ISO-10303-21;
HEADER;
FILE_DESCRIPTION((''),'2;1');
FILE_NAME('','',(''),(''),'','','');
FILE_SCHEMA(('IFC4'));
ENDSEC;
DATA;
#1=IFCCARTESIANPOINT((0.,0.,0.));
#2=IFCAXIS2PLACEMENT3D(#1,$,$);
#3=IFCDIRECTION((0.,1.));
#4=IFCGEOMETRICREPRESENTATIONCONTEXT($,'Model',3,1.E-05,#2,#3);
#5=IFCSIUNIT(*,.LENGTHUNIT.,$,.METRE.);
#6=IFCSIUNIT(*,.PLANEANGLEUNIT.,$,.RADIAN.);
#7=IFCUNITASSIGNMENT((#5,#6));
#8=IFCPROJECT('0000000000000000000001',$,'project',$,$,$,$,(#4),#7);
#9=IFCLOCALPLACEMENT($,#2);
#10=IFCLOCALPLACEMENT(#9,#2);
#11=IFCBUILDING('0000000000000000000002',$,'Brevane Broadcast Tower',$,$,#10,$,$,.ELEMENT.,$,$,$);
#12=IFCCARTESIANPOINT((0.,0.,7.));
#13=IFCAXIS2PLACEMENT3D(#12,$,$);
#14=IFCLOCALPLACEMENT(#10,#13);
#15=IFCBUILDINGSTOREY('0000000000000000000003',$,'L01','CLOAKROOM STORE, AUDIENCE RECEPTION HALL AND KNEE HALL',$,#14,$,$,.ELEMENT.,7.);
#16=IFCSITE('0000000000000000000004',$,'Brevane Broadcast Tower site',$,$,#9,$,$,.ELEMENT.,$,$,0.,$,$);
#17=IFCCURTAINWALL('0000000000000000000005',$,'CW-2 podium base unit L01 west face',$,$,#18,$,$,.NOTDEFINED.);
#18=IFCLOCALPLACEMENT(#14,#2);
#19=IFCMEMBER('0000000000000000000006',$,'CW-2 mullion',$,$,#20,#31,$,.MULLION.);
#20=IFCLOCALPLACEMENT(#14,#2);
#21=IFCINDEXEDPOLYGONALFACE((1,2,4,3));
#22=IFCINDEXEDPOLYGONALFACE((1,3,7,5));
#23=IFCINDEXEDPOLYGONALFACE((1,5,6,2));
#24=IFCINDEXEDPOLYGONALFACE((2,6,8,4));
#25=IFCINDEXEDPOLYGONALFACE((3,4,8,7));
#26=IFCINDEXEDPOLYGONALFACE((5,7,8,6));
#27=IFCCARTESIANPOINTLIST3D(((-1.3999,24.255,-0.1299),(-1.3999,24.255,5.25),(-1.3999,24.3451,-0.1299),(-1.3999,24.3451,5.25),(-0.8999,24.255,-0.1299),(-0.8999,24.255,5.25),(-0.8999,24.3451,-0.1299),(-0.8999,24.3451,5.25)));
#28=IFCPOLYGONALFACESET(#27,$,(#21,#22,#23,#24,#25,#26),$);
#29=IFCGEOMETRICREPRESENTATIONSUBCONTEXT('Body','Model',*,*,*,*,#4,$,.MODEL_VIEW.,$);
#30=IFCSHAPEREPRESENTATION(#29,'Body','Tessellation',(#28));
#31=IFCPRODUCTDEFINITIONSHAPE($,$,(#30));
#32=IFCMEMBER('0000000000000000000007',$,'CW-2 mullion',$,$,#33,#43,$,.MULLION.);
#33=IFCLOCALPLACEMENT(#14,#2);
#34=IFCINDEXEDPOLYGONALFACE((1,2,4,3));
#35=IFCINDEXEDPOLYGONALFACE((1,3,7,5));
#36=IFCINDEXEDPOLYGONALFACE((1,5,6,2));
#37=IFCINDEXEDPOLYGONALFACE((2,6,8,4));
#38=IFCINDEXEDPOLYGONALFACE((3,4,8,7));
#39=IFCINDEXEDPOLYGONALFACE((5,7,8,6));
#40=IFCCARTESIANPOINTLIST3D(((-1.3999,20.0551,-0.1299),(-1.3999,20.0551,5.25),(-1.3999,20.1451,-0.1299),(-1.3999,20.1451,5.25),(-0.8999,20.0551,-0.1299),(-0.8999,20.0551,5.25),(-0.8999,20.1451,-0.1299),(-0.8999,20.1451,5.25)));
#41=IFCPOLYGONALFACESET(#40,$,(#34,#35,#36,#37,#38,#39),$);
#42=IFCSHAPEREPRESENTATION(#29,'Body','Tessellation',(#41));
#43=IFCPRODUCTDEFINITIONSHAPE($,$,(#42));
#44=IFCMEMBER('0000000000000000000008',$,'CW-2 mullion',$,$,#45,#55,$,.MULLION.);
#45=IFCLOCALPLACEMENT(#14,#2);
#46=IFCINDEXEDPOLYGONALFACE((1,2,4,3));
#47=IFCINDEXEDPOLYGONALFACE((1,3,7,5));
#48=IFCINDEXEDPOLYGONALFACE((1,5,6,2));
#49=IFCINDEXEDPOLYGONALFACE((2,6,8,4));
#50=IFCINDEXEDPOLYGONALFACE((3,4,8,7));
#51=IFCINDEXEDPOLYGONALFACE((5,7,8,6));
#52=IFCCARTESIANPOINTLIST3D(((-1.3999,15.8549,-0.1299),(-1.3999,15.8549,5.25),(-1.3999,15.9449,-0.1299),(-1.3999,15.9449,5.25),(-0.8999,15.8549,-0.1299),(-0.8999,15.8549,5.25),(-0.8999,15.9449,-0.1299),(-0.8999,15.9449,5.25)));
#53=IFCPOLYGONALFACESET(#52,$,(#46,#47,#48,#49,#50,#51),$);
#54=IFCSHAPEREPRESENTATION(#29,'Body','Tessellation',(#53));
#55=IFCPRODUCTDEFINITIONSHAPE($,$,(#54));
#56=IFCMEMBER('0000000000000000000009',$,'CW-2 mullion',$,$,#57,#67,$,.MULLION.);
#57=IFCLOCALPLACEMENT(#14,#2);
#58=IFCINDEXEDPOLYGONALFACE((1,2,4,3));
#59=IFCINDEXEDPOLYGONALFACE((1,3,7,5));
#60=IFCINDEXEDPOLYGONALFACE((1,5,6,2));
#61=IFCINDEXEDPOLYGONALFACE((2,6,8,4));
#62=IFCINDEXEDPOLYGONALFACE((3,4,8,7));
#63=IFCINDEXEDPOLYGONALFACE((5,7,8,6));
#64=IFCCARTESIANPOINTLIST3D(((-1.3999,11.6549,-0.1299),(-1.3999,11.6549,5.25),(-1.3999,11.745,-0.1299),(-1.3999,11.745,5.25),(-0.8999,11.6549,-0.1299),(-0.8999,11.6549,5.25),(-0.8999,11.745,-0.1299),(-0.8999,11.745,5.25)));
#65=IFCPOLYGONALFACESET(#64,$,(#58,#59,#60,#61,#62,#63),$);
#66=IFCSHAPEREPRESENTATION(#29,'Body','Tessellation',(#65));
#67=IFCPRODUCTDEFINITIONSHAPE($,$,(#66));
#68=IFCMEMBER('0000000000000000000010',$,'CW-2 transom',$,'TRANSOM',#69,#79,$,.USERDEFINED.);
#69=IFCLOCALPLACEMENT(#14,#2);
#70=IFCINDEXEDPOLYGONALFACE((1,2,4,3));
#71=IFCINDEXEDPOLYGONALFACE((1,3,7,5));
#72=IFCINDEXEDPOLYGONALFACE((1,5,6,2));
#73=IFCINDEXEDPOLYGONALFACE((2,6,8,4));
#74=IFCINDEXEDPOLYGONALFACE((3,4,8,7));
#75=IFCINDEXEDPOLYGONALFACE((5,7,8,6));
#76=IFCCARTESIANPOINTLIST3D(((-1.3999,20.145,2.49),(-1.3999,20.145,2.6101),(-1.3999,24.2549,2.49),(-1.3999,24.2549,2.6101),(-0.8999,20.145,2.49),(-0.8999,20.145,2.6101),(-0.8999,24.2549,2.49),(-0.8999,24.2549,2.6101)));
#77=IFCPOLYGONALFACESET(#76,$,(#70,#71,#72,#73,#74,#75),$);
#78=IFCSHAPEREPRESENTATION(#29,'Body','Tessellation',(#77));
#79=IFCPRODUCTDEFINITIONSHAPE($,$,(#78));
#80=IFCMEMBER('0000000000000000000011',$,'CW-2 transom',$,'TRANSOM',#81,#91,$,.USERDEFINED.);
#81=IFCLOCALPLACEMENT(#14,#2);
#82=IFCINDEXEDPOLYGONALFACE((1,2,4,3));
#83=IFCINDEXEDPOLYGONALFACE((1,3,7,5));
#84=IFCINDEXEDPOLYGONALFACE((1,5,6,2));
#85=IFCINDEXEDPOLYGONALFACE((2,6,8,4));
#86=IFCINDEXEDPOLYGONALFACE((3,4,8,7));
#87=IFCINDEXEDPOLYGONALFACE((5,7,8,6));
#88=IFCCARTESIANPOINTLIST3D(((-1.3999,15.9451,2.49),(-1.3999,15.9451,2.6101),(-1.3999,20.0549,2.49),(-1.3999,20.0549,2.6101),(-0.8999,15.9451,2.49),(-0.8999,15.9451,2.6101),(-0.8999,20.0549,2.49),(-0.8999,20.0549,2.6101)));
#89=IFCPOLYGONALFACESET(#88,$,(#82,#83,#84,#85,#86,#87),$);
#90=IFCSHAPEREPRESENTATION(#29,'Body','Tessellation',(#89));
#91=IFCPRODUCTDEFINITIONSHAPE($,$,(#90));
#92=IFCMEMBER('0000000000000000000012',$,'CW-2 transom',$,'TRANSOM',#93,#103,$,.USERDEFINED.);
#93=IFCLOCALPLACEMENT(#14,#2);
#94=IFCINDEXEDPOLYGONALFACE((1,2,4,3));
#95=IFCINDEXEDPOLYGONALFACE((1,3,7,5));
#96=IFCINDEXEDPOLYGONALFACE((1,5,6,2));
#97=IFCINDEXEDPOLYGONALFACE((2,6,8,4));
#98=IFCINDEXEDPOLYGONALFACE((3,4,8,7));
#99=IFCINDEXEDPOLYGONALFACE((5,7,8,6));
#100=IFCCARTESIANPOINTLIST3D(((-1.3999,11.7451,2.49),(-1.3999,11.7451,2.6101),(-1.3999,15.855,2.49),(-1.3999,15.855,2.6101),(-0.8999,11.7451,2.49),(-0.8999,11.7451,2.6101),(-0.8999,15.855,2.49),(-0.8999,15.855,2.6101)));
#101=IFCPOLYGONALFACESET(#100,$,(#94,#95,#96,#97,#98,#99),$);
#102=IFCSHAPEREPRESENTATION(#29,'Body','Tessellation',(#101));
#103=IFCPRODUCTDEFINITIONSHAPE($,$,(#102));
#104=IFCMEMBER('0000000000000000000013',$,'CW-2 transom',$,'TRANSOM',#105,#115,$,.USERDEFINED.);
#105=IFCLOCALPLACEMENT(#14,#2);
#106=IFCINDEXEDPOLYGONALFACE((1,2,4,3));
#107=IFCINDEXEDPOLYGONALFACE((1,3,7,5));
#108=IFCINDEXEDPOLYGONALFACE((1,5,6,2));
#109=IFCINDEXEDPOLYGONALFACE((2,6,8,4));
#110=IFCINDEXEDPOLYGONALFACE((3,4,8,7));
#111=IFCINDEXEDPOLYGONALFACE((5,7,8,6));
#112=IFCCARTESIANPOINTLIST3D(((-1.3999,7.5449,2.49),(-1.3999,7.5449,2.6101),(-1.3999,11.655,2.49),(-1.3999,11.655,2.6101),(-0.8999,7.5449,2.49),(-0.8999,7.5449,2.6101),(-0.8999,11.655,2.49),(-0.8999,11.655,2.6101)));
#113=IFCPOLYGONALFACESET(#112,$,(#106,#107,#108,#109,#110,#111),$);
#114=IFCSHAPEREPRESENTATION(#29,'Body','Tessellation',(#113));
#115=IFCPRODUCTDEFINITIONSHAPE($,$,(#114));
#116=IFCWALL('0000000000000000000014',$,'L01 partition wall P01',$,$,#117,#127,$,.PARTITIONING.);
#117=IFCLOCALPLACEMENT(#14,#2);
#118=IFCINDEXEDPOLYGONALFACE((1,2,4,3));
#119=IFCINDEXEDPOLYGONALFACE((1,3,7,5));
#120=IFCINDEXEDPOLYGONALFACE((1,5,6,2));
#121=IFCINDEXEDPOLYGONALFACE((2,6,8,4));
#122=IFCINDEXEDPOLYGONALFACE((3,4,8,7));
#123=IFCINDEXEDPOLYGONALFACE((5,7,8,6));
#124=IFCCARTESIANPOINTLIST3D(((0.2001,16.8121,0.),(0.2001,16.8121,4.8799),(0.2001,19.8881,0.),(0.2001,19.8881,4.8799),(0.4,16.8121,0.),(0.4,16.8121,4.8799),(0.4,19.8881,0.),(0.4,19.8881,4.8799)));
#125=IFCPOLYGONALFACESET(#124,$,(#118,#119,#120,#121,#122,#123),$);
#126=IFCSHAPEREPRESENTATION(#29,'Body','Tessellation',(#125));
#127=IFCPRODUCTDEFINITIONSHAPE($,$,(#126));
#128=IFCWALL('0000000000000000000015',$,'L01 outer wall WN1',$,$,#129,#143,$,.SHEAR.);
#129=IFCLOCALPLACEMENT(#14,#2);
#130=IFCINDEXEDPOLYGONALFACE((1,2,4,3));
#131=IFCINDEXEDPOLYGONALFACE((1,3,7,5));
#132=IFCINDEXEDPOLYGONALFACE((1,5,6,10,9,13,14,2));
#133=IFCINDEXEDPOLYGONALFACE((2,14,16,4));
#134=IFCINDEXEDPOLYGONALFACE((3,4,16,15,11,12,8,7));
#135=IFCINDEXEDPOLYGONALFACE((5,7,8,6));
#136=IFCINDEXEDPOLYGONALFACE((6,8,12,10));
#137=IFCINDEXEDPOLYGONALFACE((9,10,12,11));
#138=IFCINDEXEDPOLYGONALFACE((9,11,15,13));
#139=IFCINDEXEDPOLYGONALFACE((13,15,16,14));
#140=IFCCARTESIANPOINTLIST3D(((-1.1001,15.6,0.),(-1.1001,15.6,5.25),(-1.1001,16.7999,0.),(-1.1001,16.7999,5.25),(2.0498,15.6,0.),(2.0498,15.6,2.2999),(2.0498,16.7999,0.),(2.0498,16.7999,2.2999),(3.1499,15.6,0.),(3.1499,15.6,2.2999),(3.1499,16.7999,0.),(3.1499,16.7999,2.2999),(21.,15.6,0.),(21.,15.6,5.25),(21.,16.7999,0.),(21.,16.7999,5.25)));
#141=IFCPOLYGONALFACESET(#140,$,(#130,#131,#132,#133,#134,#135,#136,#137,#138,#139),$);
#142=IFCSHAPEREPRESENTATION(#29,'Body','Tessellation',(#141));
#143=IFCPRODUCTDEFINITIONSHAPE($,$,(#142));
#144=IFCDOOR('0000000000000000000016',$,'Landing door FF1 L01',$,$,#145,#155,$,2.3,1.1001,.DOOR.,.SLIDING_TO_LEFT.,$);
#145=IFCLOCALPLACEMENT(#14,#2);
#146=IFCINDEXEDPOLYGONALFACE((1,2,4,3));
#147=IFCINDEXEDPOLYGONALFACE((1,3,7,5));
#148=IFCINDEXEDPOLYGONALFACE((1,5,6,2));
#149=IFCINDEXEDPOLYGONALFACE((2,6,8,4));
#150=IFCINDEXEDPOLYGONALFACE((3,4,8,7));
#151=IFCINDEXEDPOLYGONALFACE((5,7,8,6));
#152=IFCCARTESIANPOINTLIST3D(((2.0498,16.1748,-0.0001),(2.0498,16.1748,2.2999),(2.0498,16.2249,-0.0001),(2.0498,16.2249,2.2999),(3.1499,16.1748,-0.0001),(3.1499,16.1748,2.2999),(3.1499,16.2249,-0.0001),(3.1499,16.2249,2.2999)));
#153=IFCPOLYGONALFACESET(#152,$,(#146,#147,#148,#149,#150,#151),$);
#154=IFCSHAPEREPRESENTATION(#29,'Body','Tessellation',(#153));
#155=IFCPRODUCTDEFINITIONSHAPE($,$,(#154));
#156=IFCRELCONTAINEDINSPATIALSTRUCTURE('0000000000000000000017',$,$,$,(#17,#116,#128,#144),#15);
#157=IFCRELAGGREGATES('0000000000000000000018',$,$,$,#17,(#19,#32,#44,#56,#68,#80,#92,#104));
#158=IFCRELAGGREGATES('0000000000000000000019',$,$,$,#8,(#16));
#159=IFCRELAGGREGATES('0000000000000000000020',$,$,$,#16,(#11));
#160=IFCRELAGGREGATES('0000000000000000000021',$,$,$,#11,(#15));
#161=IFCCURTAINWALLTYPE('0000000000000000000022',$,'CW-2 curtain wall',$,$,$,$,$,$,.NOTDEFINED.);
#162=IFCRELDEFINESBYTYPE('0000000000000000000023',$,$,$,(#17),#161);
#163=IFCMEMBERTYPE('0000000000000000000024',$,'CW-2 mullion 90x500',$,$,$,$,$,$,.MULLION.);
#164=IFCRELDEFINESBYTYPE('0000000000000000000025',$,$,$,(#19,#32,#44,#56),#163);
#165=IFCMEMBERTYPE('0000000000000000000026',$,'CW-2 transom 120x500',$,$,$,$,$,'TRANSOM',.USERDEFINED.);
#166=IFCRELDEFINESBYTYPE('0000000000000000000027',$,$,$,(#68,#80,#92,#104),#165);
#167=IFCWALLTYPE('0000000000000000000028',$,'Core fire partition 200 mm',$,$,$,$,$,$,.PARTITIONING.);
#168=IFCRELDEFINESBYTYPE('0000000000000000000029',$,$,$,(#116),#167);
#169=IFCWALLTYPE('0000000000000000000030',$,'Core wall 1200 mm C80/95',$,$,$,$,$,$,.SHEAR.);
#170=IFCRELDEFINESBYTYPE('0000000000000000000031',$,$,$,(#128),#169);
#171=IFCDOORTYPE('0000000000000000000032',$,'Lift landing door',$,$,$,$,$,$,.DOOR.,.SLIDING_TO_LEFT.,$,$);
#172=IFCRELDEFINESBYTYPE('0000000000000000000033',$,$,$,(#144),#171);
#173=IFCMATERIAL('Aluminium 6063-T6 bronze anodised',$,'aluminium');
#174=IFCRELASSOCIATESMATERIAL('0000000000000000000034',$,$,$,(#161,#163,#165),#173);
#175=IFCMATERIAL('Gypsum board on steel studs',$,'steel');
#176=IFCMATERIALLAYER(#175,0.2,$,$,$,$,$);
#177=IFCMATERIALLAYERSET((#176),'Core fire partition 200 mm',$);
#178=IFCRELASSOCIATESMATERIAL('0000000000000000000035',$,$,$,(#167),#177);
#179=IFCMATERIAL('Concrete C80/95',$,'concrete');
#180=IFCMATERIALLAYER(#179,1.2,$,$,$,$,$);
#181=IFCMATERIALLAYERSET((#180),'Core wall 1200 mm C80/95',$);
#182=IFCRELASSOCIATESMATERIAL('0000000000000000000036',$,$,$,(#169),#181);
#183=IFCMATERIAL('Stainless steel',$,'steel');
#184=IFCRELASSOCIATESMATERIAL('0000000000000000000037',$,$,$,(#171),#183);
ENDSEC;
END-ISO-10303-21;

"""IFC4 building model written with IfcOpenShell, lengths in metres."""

from ifc_helpers import new_model, si_unit, direction, frame, frame_2d, origin, origin_2d, place, context, subcontext, project, spatial, rectangle, extrude, material, layer, layer_set, material_profile, profile_set, type_object, element, fill, aggregate, save


model = new_model("IFC4")

# Units and contexts
model_context = context("Model", 3, precision=1e-05, world=origin(), true_north=direction((0.0, 1.0)))
body_context = subcontext(model_context, "Body", "Model", "MODEL_VIEW")
ifc_project = project(units=[si_unit("LENGTHUNIT", "METRE"), si_unit("PLANEANGLEUNIT", "RADIAN")], contexts=[model_context])

# Site, building, storey
site_placement = place(None, origin())
site = spatial("IfcSite", under=ifc_project, at=site_placement, Name="Brevane Broadcast Tower site", CompositionType="ELEMENT", RefElevation=0.0)
building_placement = place(site_placement, origin())
building = spatial("IfcBuilding", under=site, at=building_placement, Name="Brevane Broadcast Tower", CompositionType="ELEMENT")
storey_placement = place(building_placement, frame((0.0, 0.0, 7.0)))
storey = spatial("IfcBuildingStorey", under=building, at=storey_placement, Name="L01", Description="CLOAKROOM STORE, AUDIENCE RECEPTION HALL AND KNEE HALL", CompositionType="ELEMENT", Elevation=7.0)

# Curtain wall, members
ifc_material_1 = material(Name="Aluminium 6063-T6 bronze anodised", Category="aluminium")
curtain_wall_type = type_object("IfcCurtainWallType", Name="CW-2 curtain wall", PredefinedType="NOTDEFINED", material=ifc_material_1)
curtain_wall_placement = place(storey_placement, origin())
curtain_wall = element("IfcCurtainWall", 1, at=curtain_wall_placement, inside=storey, type_object=curtain_wall_type, Name="CW-2 podium base unit L01 west face", PredefinedType="NOTDEFINED")
ifc_material_profile_1 = material_profile(ifc_material_1, rectangle(XDim=0.5, YDim=0.0901, at=origin_2d()), Name="RECT 90x500")
ifc_profile_set_1 = profile_set([ifc_material_profile_1], Name="Aluminium 6063-T6 bronze anodised")
member_type_1 = type_object("IfcMemberType", Name="CW-2 mullion 90x500", PredefinedType="MULLION", material=ifc_profile_set_1)
member_1_placement = place(storey_placement, frame((-1.1499, 24.3, -0.1299), z_axis=(0.0, 0.0, 1.0), x_axis=(1.0, 0.0, 0.0)))
member_1 = element("IfcMember", 2, at=member_1_placement, type_object=member_type_1, Name="CW-2 mullion", PredefinedType="MULLION", context=body_context, shape_type="SweptSolid", body=[
    extrude(rectangle(XDim=0.5, YDim=0.0901, at=origin_2d()), origin(), (0.0, 0.0, 1.0), 5.3799),
])
member_2_placement = place(storey_placement, frame((-1.1499, 20.1001, -0.1299), z_axis=(0.0, 0.0, 1.0), x_axis=(1.0, 0.0, 0.0)))
member_2 = element("IfcMember", 3, at=member_2_placement, type_object=member_type_1, Name="CW-2 mullion", PredefinedType="MULLION", context=body_context, shape_type="SweptSolid", body=[
    extrude(rectangle(XDim=0.5, YDim=0.0901, at=origin_2d()), origin(), (0.0, 0.0, 1.0), 5.3799),
])
member_3_placement = place(storey_placement, frame((-1.1499, 15.8999, -0.1299), z_axis=(0.0, 0.0, 1.0), x_axis=(1.0, 0.0, 0.0)))
member_3 = element("IfcMember", 4, at=member_3_placement, type_object=member_type_1, Name="CW-2 mullion", PredefinedType="MULLION", context=body_context, shape_type="SweptSolid", body=[
    extrude(rectangle(XDim=0.5, YDim=0.0901, at=origin_2d()), origin(), (0.0, 0.0, 1.0), 5.3799),
])
member_4_placement = place(storey_placement, frame((-1.1499, 11.7, -0.1299), z_axis=(0.0, 0.0, 1.0), x_axis=(1.0, 0.0, 0.0)))
member_4 = element("IfcMember", 5, at=member_4_placement, type_object=member_type_1, Name="CW-2 mullion", PredefinedType="MULLION", context=body_context, shape_type="SweptSolid", body=[
    extrude(rectangle(XDim=0.5, YDim=0.0901, at=origin_2d()), origin(), (0.0, 0.0, 1.0), 5.3799),
])
ifc_material_profile_2 = material_profile(ifc_material_1, rectangle(XDim=0.5, YDim=0.1201, at=origin_2d()), Name="RECT 120x500")
ifc_profile_set_2 = profile_set([ifc_material_profile_2], Name="Aluminium 6063-T6 bronze anodised")
member_type_2 = type_object("IfcMemberType", Name="CW-2 transom 120x500", ElementType="TRANSOM", PredefinedType="USERDEFINED", material=ifc_profile_set_2)
member_5_placement = place(storey_placement, frame((-1.1499, 24.2549, 2.55), z_axis=(0.0, -1.0, 0.0), x_axis=(1.0, 0.0, 0.0)))
member_5 = element("IfcMember", 6, at=member_5_placement, type_object=member_type_2, Name="CW-2 transom", ObjectType="TRANSOM", PredefinedType="USERDEFINED", context=body_context, shape_type="SweptSolid", body=[
    extrude(rectangle(XDim=0.5, YDim=0.1201, at=origin_2d()), origin(), (0.0, 0.0, 1.0), 4.1099),
])
member_6_placement = place(storey_placement, frame((-1.1499, 20.0549, 2.55), z_axis=(0.0, -1.0, 0.0), x_axis=(1.0, 0.0, 0.0)))
member_6 = element("IfcMember", 7, at=member_6_placement, type_object=member_type_2, Name="CW-2 transom", ObjectType="TRANSOM", PredefinedType="USERDEFINED", context=body_context, shape_type="SweptSolid", body=[
    extrude(rectangle(XDim=0.5, YDim=0.1201, at=origin_2d()), origin(), (0.0, 0.0, 1.0), 4.1099),
])
member_7_placement = place(storey_placement, frame((-1.1499, 15.855, 2.55), z_axis=(0.0, -1.0, 0.0), x_axis=(1.0, 0.0, 0.0)))
member_7 = element("IfcMember", 8, at=member_7_placement, type_object=member_type_2, Name="CW-2 transom", ObjectType="TRANSOM", PredefinedType="USERDEFINED", context=body_context, shape_type="SweptSolid", body=[
    extrude(rectangle(XDim=0.5, YDim=0.1201, at=origin_2d()), origin(), (0.0, 0.0, 1.0), 4.1099),
])
member_8_placement = place(storey_placement, frame((-1.1499, 11.655, 2.55), z_axis=(0.0, -1.0, 0.0), x_axis=(1.0, 0.0, 0.0)))
member_8 = element("IfcMember", 9, at=member_8_placement, type_object=member_type_2, Name="CW-2 transom", ObjectType="TRANSOM", PredefinedType="USERDEFINED", context=body_context, shape_type="SweptSolid", body=[
    extrude(rectangle(XDim=0.5, YDim=0.1201, at=origin_2d()), origin(), (0.0, 0.0, 1.0), 4.1101),
])
aggregate(curtain_wall, [member_1, member_2, member_3, member_4, member_5, member_6, member_7, member_8])

# Wall
ifc_material_2 = material(Name="Gypsum board on steel studs", Category="steel")
ifc_layer_1 = layer(ifc_material_2, 0.2)
ifc_layer_set_1 = layer_set([ifc_layer_1], Name="Core fire partition 200 mm")
wall_type_1 = type_object("IfcWallType", Name="Core fire partition 200 mm", PredefinedType="PARTITIONING", material=ifc_layer_set_1)
wall_1_placement = place(storey_placement, frame((0.3, 16.812, 0.0), z_axis=(0.0, 0.0, 1.0), x_axis=(0.0, 1.0, 0.0)))
element("IfcWall", 10, at=wall_1_placement, inside=storey, type_object=wall_type_1, Name="L01 partition wall P01", PredefinedType="PARTITIONING", context=body_context, shape_type="SweptSolid", body=[
    extrude(rectangle(XDim=3.0759, YDim=0.2, at=frame_2d((1.5381, 0.0))), origin(), (0.0, 0.0, 1.0), 4.8799),
])

# Wall, opening, door
ifc_material_3 = material(Name="Concrete C80/95", Category="concrete")
ifc_layer_2 = layer(ifc_material_3, 1.2)
ifc_layer_set_2 = layer_set([ifc_layer_2], Name="Core wall 1200 mm C80/95")
wall_type_2 = type_object("IfcWallType", Name="Core wall 1200 mm C80/95", PredefinedType="SHEAR", material=ifc_layer_set_2)
wall_2_placement = place(storey_placement, frame((-1.1001, 16.2, 0.0), z_axis=(0.0, 0.0, 1.0), x_axis=(1.0, 0.0, 0.0)))
wall_2 = element("IfcWall", 11, at=wall_2_placement, inside=storey, type_object=wall_type_2, Name="L01 outer wall WN1", PredefinedType="SHEAR", context=body_context, shape_type="SweptSolid", body=[
    extrude(rectangle(XDim=22.1001, YDim=1.2, at=frame_2d((11.05, 0.0))), origin(), (0.0, 0.0, 1.0), 5.25),
])
opening_1_placement = place(wall_2_placement, frame((3.1499, 0.0, 0.0)))
opening_1 = element("IfcOpeningElement", 12, at=opening_1_placement, cuts=wall_2, PredefinedType="OPENING", context=body_context, shape_type="SweptSolid", body=[
    extrude(rectangle(XDim=1.1001, YDim=2.3, at=frame_2d((0.55, 1.1499))), frame((0.0, 0.6099, 0.0), z_axis=(0.0, -1.0, 0.0), x_axis=(1.0, 0.0, 0.0)), (0.0, 0.0, 1.0), 1.22),
])
ifc_material_4 = material(Name="Stainless steel", Category="steel")
door_type_1 = type_object("IfcDoorType", Name="Lift landing door", OperationType="SLIDING_TO_LEFT", PredefinedType="DOOR", material=ifc_material_4)
door_1_placement = place(opening_1_placement, origin())
door_1 = element("IfcDoor", 13, at=door_1_placement, inside=storey, type_object=door_type_1, Name="Landing door FF1 L01", OperationType="SLIDING_TO_LEFT", OverallHeight=2.3, OverallWidth=1.1001, PredefinedType="DOOR", context=body_context, shape_type="SweptSolid", body=[
    extrude(rectangle(XDim=1.1001, YDim=2.3, at=frame_2d((0.55, 1.1499))), frame((0.0, 0.0249, 0.0), z_axis=(0.0, -1.0, 0.0), x_axis=(1.0, 0.0, 0.0)), (0.0, 0.0, 1.0), 0.05),
])
fill(opening_1, door_1)

save(model, "model.ifc")
